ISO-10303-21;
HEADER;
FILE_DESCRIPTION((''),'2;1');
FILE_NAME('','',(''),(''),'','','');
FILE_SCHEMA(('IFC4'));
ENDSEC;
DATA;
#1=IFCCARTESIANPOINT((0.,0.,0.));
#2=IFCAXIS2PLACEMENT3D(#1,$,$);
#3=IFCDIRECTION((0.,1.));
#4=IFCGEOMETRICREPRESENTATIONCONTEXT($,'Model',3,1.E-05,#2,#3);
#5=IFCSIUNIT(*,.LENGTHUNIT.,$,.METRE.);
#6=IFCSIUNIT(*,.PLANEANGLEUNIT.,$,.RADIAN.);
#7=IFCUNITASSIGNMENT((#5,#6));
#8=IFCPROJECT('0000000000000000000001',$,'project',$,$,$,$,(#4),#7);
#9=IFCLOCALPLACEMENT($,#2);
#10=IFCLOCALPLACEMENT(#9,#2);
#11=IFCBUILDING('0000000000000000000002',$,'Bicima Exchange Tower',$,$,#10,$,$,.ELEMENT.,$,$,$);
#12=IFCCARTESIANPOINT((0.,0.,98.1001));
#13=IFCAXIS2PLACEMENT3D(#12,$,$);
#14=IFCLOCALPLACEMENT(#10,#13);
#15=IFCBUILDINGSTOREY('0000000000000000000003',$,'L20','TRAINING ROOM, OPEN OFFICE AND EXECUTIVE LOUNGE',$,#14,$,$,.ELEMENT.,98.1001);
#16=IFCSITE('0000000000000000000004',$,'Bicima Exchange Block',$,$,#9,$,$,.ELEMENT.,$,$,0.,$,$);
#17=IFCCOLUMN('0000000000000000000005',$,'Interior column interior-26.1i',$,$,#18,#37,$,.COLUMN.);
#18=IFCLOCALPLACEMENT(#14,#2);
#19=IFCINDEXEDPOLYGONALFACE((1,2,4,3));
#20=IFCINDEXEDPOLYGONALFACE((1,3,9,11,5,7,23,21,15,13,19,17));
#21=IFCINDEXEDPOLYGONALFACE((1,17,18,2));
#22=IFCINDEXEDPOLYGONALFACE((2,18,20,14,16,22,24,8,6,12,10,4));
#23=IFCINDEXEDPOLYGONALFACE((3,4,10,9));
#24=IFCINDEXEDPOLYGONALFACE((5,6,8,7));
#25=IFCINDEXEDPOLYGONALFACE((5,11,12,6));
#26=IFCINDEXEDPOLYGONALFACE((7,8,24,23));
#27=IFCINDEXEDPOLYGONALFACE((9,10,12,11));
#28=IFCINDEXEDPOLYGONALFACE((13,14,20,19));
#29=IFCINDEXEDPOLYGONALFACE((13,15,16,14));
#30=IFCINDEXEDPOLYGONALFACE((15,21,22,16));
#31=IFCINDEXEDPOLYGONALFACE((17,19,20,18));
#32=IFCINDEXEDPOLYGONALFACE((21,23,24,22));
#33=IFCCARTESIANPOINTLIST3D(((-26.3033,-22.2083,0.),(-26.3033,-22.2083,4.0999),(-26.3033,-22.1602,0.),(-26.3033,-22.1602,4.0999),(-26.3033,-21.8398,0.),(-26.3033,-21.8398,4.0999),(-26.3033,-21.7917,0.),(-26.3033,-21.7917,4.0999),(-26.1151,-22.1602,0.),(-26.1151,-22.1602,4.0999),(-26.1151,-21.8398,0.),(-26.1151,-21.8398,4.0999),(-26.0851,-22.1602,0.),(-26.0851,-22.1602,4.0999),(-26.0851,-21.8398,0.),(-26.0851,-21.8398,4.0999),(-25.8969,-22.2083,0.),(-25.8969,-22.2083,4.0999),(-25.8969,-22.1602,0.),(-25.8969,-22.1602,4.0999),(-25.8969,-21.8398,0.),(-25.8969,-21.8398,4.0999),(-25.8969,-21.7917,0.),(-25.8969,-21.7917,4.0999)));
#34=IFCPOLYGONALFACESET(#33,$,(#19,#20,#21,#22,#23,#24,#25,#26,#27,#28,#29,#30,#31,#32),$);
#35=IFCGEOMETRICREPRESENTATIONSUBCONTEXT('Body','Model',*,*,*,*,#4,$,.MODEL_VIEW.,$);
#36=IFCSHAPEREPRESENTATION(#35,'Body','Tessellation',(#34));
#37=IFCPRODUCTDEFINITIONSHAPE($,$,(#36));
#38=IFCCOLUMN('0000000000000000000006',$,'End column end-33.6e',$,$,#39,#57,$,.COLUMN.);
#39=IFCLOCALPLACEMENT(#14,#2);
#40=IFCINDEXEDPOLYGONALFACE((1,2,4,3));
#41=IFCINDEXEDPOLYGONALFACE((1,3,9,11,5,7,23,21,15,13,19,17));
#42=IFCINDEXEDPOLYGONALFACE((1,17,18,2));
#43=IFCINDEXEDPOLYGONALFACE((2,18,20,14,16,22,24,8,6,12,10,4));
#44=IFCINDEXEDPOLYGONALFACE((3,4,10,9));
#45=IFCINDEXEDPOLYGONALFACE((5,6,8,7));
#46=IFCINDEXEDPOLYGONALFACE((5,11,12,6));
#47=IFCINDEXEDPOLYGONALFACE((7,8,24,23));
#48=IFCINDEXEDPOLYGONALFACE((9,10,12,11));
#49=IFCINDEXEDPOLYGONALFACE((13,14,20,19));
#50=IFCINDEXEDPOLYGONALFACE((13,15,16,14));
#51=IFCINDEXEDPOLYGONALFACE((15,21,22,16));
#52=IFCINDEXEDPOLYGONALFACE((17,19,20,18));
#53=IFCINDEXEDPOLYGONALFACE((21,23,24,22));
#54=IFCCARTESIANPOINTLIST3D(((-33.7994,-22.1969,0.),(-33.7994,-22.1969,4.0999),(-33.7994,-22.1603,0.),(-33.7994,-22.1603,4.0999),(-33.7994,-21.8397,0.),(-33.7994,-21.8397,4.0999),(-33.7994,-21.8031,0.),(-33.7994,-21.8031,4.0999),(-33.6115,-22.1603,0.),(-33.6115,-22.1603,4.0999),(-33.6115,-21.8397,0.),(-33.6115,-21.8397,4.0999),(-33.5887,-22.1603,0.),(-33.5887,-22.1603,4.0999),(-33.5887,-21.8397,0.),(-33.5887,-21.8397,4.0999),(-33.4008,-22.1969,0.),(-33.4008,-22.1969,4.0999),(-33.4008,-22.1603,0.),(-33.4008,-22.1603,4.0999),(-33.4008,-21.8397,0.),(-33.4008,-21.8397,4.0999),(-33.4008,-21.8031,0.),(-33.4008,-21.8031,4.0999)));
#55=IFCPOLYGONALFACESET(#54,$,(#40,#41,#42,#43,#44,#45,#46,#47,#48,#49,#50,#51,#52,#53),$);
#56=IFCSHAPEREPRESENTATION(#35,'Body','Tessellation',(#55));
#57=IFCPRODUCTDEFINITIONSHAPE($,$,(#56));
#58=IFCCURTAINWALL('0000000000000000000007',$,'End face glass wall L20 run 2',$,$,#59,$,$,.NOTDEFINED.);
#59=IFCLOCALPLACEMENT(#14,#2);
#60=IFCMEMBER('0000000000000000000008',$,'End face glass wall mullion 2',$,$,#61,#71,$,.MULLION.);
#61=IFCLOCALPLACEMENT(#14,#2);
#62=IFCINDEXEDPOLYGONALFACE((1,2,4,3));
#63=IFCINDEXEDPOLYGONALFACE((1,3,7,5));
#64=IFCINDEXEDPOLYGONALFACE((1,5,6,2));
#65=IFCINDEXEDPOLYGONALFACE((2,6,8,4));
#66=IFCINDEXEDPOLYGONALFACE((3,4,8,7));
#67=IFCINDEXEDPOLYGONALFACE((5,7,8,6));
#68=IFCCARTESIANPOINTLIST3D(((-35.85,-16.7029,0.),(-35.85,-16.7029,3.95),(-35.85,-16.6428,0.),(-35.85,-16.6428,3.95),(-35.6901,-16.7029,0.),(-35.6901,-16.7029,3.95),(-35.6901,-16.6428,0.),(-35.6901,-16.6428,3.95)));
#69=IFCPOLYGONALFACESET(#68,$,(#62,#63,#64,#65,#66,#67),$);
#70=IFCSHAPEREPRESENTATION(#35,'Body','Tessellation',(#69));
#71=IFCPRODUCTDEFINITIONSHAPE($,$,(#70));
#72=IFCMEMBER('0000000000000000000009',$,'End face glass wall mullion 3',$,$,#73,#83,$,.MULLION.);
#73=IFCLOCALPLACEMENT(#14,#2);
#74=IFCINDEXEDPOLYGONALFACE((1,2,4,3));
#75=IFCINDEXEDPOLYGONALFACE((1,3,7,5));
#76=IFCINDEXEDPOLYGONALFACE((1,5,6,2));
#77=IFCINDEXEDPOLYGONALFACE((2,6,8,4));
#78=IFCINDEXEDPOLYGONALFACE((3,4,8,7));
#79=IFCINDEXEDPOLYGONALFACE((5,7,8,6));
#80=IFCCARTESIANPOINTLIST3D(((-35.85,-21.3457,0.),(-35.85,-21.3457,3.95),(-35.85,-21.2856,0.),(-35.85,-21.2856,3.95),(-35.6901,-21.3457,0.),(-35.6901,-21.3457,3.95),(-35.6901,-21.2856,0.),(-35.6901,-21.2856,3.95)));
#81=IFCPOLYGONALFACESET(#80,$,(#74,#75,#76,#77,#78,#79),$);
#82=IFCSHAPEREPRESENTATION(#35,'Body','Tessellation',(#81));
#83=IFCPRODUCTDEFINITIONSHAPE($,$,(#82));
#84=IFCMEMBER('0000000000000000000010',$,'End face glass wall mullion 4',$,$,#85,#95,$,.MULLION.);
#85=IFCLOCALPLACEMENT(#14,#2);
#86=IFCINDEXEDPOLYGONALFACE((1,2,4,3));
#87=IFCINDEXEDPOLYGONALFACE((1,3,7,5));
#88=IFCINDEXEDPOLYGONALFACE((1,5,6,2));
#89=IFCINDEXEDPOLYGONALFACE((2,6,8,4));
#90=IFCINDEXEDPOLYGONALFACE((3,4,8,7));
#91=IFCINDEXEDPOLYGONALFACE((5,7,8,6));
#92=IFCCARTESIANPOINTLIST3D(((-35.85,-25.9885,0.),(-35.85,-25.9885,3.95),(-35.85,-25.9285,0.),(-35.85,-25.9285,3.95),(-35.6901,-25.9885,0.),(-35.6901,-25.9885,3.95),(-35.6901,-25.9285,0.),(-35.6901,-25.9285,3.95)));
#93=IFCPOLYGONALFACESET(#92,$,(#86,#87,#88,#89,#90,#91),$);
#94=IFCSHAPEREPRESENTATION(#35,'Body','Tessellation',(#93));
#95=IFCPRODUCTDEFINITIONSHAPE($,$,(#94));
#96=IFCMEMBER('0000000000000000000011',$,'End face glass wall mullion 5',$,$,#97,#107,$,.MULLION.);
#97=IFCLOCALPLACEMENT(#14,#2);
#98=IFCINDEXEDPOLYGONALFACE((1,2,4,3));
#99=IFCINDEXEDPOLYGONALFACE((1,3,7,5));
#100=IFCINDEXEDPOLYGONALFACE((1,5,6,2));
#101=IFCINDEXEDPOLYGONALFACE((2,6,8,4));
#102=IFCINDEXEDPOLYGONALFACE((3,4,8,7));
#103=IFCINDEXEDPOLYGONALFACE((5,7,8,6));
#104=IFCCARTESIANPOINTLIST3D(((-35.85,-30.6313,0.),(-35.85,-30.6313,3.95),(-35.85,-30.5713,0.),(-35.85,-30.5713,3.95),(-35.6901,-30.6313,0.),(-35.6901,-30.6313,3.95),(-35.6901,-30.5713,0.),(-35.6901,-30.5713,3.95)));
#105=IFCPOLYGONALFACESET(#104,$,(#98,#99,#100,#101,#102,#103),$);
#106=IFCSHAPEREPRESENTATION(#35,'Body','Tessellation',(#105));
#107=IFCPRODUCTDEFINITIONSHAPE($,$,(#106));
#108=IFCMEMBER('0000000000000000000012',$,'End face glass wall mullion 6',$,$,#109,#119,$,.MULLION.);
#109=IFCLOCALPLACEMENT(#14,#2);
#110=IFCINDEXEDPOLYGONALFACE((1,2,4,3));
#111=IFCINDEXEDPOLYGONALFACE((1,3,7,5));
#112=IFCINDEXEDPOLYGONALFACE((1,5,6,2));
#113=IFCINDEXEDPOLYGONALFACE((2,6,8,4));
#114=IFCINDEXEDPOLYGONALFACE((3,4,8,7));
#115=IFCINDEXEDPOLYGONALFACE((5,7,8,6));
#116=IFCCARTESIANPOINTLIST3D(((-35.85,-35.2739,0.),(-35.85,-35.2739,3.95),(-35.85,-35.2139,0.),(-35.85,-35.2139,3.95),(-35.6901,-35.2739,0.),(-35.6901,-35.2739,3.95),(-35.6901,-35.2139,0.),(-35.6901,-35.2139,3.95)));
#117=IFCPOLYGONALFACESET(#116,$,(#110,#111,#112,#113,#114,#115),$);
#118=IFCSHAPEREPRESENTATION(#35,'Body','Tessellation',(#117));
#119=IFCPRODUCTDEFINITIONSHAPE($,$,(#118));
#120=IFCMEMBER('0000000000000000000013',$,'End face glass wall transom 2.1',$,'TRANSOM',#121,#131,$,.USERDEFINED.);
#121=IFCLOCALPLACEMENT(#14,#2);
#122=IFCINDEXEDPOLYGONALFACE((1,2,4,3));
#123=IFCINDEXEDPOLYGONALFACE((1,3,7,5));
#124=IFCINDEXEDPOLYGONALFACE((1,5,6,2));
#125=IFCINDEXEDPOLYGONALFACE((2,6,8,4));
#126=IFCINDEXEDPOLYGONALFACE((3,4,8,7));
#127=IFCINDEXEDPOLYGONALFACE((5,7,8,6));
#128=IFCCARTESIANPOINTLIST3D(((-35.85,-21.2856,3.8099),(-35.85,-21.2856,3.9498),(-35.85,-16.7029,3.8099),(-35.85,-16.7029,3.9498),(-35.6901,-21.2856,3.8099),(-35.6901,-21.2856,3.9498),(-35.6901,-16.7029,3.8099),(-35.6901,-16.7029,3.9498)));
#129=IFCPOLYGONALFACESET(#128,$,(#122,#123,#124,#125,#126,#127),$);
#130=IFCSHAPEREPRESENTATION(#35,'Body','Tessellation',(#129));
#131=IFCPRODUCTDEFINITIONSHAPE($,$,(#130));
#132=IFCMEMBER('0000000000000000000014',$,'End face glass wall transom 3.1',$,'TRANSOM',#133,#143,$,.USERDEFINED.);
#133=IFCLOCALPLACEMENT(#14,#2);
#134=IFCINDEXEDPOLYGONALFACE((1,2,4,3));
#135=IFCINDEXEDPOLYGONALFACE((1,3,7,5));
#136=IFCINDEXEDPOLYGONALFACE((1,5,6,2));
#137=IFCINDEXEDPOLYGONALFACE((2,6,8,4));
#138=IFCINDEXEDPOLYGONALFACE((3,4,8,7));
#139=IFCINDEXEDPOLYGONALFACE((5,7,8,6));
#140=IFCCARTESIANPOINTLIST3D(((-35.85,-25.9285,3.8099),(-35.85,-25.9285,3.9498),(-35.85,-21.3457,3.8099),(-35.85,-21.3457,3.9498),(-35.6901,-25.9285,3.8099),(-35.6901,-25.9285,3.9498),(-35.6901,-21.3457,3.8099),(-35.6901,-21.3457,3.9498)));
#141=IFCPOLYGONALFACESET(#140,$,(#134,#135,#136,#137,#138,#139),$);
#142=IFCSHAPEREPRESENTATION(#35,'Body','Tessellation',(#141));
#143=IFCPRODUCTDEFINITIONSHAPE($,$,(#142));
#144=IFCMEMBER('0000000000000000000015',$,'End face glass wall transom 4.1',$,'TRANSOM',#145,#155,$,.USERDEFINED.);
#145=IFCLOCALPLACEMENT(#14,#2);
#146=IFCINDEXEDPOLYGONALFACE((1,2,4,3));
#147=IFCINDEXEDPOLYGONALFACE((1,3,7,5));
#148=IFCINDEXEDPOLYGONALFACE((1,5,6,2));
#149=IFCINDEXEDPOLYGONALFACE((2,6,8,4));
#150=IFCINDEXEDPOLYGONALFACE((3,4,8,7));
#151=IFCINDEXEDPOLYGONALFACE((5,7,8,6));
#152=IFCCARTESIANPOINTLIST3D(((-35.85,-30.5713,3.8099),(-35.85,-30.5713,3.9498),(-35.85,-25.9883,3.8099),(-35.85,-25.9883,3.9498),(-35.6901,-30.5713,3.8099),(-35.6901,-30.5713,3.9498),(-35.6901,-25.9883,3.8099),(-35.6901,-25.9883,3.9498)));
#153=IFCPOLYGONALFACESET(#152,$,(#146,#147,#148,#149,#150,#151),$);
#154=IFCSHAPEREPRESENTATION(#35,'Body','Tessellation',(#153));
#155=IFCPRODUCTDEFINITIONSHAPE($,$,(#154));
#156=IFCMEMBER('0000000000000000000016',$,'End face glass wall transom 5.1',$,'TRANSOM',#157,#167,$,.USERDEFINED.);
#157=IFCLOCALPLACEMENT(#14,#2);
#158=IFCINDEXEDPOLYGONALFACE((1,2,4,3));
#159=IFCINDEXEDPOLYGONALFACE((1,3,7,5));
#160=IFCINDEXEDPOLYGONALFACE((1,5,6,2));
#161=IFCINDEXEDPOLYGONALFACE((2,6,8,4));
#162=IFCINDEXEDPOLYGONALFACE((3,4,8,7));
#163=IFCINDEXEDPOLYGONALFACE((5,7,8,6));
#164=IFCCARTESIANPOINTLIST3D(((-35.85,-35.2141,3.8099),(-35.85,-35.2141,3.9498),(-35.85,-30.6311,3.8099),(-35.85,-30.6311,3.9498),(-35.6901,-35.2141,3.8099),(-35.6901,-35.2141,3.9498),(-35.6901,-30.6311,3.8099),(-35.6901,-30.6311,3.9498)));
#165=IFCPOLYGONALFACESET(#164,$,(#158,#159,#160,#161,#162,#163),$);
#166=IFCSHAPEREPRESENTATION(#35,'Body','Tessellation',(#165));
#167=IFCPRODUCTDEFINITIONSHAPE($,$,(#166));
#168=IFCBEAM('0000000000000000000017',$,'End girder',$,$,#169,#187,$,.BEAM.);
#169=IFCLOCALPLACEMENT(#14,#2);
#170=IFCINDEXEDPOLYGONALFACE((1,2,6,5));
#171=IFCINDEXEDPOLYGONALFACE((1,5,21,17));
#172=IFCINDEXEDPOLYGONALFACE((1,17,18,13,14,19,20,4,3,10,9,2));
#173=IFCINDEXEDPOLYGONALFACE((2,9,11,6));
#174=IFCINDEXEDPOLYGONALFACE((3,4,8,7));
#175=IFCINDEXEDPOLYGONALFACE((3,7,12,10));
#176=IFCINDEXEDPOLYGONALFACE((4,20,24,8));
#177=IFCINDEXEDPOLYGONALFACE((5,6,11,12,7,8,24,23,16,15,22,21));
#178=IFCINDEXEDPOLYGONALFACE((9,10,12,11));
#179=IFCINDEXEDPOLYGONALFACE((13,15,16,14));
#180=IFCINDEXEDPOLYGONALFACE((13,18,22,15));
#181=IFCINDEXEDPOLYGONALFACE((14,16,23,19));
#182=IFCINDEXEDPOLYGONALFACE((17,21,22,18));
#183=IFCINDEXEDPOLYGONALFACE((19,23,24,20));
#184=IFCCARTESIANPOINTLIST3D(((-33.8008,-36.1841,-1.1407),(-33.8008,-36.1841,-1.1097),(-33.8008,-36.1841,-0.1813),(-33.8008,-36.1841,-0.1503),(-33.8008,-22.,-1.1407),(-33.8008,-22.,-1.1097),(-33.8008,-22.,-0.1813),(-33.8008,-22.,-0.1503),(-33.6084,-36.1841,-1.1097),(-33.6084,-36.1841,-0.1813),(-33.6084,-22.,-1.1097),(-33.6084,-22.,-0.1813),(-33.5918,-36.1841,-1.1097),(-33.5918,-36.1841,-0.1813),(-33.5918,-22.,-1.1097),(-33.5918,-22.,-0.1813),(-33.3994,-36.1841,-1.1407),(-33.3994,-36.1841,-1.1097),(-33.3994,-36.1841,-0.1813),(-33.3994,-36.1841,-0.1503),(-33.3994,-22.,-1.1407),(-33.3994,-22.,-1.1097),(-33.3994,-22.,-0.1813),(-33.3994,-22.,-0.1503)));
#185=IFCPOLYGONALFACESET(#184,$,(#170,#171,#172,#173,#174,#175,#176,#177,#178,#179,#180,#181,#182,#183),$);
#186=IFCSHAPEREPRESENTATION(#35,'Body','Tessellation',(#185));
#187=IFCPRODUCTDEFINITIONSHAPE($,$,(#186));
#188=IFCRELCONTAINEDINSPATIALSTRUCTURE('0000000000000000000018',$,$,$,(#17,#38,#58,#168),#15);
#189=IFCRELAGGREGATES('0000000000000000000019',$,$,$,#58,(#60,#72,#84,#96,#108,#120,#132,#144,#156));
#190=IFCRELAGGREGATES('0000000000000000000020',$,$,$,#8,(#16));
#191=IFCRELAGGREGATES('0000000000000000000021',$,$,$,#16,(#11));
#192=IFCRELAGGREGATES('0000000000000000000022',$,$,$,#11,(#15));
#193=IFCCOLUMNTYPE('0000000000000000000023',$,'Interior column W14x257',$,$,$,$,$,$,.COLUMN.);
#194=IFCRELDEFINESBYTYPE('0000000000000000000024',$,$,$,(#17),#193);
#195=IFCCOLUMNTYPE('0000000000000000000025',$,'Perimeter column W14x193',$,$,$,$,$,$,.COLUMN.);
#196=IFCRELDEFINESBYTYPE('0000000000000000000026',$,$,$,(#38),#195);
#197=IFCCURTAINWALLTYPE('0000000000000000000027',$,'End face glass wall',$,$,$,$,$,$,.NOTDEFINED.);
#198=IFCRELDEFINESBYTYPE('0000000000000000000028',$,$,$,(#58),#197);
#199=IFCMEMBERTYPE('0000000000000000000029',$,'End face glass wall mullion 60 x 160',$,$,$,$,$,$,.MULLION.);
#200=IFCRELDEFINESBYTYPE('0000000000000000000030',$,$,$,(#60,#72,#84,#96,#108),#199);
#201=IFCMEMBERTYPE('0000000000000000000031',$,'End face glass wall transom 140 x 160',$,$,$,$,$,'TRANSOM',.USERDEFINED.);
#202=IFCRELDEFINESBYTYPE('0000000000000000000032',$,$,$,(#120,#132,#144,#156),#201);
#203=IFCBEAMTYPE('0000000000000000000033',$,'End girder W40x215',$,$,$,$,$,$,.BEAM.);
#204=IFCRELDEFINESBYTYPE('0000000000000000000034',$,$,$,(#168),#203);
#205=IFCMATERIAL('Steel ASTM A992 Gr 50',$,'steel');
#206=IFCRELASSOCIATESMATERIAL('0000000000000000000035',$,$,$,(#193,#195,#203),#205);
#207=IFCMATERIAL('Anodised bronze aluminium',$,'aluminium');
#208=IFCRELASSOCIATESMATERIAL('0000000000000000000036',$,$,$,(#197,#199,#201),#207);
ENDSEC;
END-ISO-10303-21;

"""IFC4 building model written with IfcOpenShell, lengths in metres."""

from ifc_helpers import new_model, si_unit, direction, frame, origin, origin_2d, place, context, subcontext, project, spatial, rectangle, i_section, extrude, material, material_profile, profile_set, type_object, element, aggregate, save


model = new_model("IFC4")

# Units and contexts
model_context = context("Model", 3, precision=1e-05, world=origin(), true_north=direction((0.0, 1.0)))
body_context = subcontext(model_context, "Body", "Model", "MODEL_VIEW")
ifc_project = project(units=[si_unit("LENGTHUNIT", "METRE"), si_unit("PLANEANGLEUNIT", "RADIAN")], contexts=[model_context])

# Site, building, storey
site_placement = place(None, origin())
site = spatial("IfcSite", under=ifc_project, at=site_placement, Name="Bicima Exchange Block", CompositionType="ELEMENT", RefElevation=0.0)
building_placement = place(site_placement, origin())
building = spatial("IfcBuilding", under=site, at=building_placement, Name="Bicima Exchange Tower", CompositionType="ELEMENT")
storey_placement = place(building_placement, frame((0.0, 0.0, 98.1001)))
storey = spatial("IfcBuildingStorey", under=building, at=storey_placement, Name="L20", Description="TRAINING ROOM, OPEN OFFICE AND EXECUTIVE LOUNGE", CompositionType="ELEMENT", Elevation=98.1001)

# Columns
ifc_material_1 = material(Name="Steel ASTM A992 Gr 50", Category="steel")
ifc_material_profile_1 = material_profile(ifc_material_1, i_section(OverallWidth=0.4065, OverallDepth=0.4165, WebThickness=0.03, FlangeThickness=0.0481, at=origin_2d()))
ifc_profile_set_1 = profile_set([ifc_material_profile_1], Name="Steel ASTM A992 Gr 50")
column_type_1 = type_object("IfcColumnType", Name="Interior column W14x257", PredefinedType="COLUMN", material=ifc_profile_set_1)
column_1_placement = place(storey_placement, frame((-26.1001, -22.0, 0.0), z_axis=(0.0, 0.0, 1.0), x_axis=(1.0, 0.0, 0.0)))
element("IfcColumn", 1, at=column_1_placement, inside=storey, type_object=column_type_1, Name="Interior column interior-26.1i", PredefinedType="COLUMN", context=body_context, shape_type="SweptSolid", body=[
    extrude(i_section(OverallWidth=0.4065, OverallDepth=0.4165, WebThickness=0.03, FlangeThickness=0.0481, at=origin_2d()), origin(), (0.0, 0.0, 1.0), 4.0999),
])
ifc_material_profile_2 = material_profile(ifc_material_1, i_section(OverallWidth=0.3987, OverallDepth=0.3938, WebThickness=0.0227, FlangeThickness=0.0366, at=origin_2d()))
ifc_profile_set_2 = profile_set([ifc_material_profile_2], Name="Steel ASTM A992 Gr 50")
column_type_2 = type_object("IfcColumnType", Name="Perimeter column W14x193", PredefinedType="COLUMN", material=ifc_profile_set_2)
column_2_placement = place(storey_placement, frame((-33.6001, -22.0, 0.0), z_axis=(0.0, 0.0, 1.0), x_axis=(1.0, 0.0, 0.0)))
element("IfcColumn", 2, at=column_2_placement, inside=storey, type_object=column_type_2, Name="End column end-33.6e", PredefinedType="COLUMN", context=body_context, shape_type="SweptSolid", body=[
    extrude(i_section(OverallWidth=0.3987, OverallDepth=0.3938, WebThickness=0.0227, FlangeThickness=0.0366, at=origin_2d()), origin(), (0.0, 0.0, 1.0), 4.0999),
])

# Curtain wall, members
ifc_material_2 = material(Name="Anodised bronze aluminium", Category="aluminium")
curtain_wall_type_1 = type_object("IfcCurtainWallType", Name="End face glass wall", PredefinedType="NOTDEFINED", material=ifc_material_2)
curtain_wall_1_placement = place(storey_placement, origin())
curtain_wall_1 = element("IfcCurtainWall", 3, at=curtain_wall_1_placement, inside=storey, type_object=curtain_wall_type_1, Name="End face glass wall L20 run 2", PredefinedType="NOTDEFINED")
ifc_material_profile_3 = material_profile(ifc_material_2, rectangle(XDim=0.1599, YDim=0.0601, at=origin_2d()))
ifc_profile_set_3 = profile_set([ifc_material_profile_3], Name="Anodised bronze aluminium")
member_type_1 = type_object("IfcMemberType", Name="End face glass wall mullion 60 x 160", PredefinedType="MULLION", material=ifc_profile_set_3)
member_1_placement = place(storey_placement, frame((-35.77, -16.6729, 0.0), z_axis=(0.0, 0.0, 1.0), x_axis=(1.0, 0.0, 0.0)))
member_1 = element("IfcMember", 4, at=member_1_placement, type_object=member_type_1, Name="End face glass wall mullion 2", PredefinedType="MULLION", context=body_context, shape_type="SweptSolid", body=[
    extrude(rectangle(XDim=0.1599, YDim=0.0601, at=origin_2d()), origin(), (0.0, 0.0, 1.0), 3.95),
])
member_2_placement = place(storey_placement, frame((-35.77, -21.3157, 0.0), z_axis=(0.0, 0.0, 1.0), x_axis=(1.0, 0.0, 0.0)))
member_2 = element("IfcMember", 5, at=member_2_placement, type_object=member_type_1, Name="End face glass wall mullion 3", PredefinedType="MULLION", context=body_context, shape_type="SweptSolid", body=[
    extrude(rectangle(XDim=0.1599, YDim=0.0601, at=origin_2d()), origin(), (0.0, 0.0, 1.0), 3.95),
])
member_3_placement = place(storey_placement, frame((-35.77, -25.9585, 0.0), z_axis=(0.0, 0.0, 1.0), x_axis=(1.0, 0.0, 0.0)))
member_3 = element("IfcMember", 6, at=member_3_placement, type_object=member_type_1, Name="End face glass wall mullion 4", PredefinedType="MULLION", context=body_context, shape_type="SweptSolid", body=[
    extrude(rectangle(XDim=0.1599, YDim=0.0601, at=origin_2d()), origin(), (0.0, 0.0, 1.0), 3.95),
])
member_4_placement = place(storey_placement, frame((-35.77, -30.6013, 0.0), z_axis=(0.0, 0.0, 1.0), x_axis=(1.0, 0.0, 0.0)))
member_4 = element("IfcMember", 7, at=member_4_placement, type_object=member_type_1, Name="End face glass wall mullion 5", PredefinedType="MULLION", context=body_context, shape_type="SweptSolid", body=[
    extrude(rectangle(XDim=0.1599, YDim=0.0601, at=origin_2d()), origin(), (0.0, 0.0, 1.0), 3.95),
])
member_5_placement = place(storey_placement, frame((-35.77, -35.2439, 0.0), z_axis=(0.0, 0.0, 1.0), x_axis=(1.0, 0.0, 0.0)))
member_5 = element("IfcMember", 8, at=member_5_placement, type_object=member_type_1, Name="End face glass wall mullion 6", PredefinedType="MULLION", context=body_context, shape_type="SweptSolid", body=[
    extrude(rectangle(XDim=0.1599, YDim=0.0601, at=origin_2d()), origin(), (0.0, 0.0, 1.0), 3.95),
])
ifc_material_profile_4 = material_profile(ifc_material_2, rectangle(XDim=0.1599, YDim=0.1399, at=origin_2d()))
ifc_profile_set_4 = profile_set([ifc_material_profile_4], Name="Anodised bronze aluminium")
member_type_2 = type_object("IfcMemberType", Name="End face glass wall transom 140 x 160", ElementType="TRANSOM", PredefinedType="USERDEFINED", material=ifc_profile_set_4)
member_6_placement = place(storey_placement, frame((-35.77, -16.7029, 3.8799), z_axis=(0.0, -1.0, 0.0), x_axis=(1.0, 0.0, 0.0)))
member_6 = element("IfcMember", 9, at=member_6_placement, type_object=member_type_2, Name="End face glass wall transom 2.1", ObjectType="TRANSOM", PredefinedType="USERDEFINED", context=body_context, shape_type="SweptSolid", body=[
    extrude(rectangle(XDim=0.1599, YDim=0.1399, at=origin_2d()), origin(), (0.0, 0.0, 1.0), 4.5828),
])
member_7_placement = place(storey_placement, frame((-35.77, -21.3457, 3.8799), z_axis=(0.0, -1.0, 0.0), x_axis=(1.0, 0.0, 0.0)))
member_7 = element("IfcMember", 10, at=member_7_placement, type_object=member_type_2, Name="End face glass wall transom 3.1", ObjectType="TRANSOM", PredefinedType="USERDEFINED", context=body_context, shape_type="SweptSolid", body=[
    extrude(rectangle(XDim=0.1599, YDim=0.1399, at=origin_2d()), origin(), (0.0, 0.0, 1.0), 4.5828),
])
member_8_placement = place(storey_placement, frame((-35.77, -25.9883, 3.8799), z_axis=(0.0, -1.0, 0.0), x_axis=(1.0, 0.0, 0.0)))
member_8 = element("IfcMember", 11, at=member_8_placement, type_object=member_type_2, Name="End face glass wall transom 4.1", ObjectType="TRANSOM", PredefinedType="USERDEFINED", context=body_context, shape_type="SweptSolid", body=[
    extrude(rectangle(XDim=0.1599, YDim=0.1399, at=origin_2d()), origin(), (0.0, 0.0, 1.0), 4.583),
])
member_9_placement = place(storey_placement, frame((-35.77, -30.6311, 3.8799), z_axis=(0.0, -1.0, 0.0), x_axis=(1.0, 0.0, 0.0)))
member_9 = element("IfcMember", 12, at=member_9_placement, type_object=member_type_2, Name="End face glass wall transom 5.1", ObjectType="TRANSOM", PredefinedType="USERDEFINED", context=body_context, shape_type="SweptSolid", body=[
    extrude(rectangle(XDim=0.1599, YDim=0.1399, at=origin_2d()), origin(), (0.0, 0.0, 1.0), 4.583),
])

# Beam
ifc_material_profile_5 = material_profile(ifc_material_1, i_section(OverallWidth=0.4014, OverallDepth=0.9905, WebThickness=0.0166, FlangeThickness=0.031, at=origin_2d()))
ifc_profile_set_5 = profile_set([ifc_material_profile_5], Name="Steel ASTM A992 Gr 50")
beam_type_1 = type_object("IfcBeamType", Name="End girder W40x215", PredefinedType="BEAM", material=ifc_profile_set_5)
beam_1_placement = place(storey_placement, frame((-33.6001, -22.0, -0.6455), z_axis=(0.0, -1.0, 0.0), x_axis=(1.0, 0.0, 0.0)))
element("IfcBeam", 13, at=beam_1_placement, inside=storey, type_object=beam_type_1, Name="End girder", PredefinedType="BEAM", context=body_context, shape_type="SweptSolid", body=[
    extrude(i_section(OverallWidth=0.4014, OverallDepth=0.9905, WebThickness=0.0166, FlangeThickness=0.031, at=origin_2d()), origin(), (0.0, 0.0, 1.0), 14.1841),
])

aggregate(curtain_wall_1, [member_1, member_2, member_3, member_4, member_5, member_6, member_7, member_8, member_9])

save(model, "model.ifc")
